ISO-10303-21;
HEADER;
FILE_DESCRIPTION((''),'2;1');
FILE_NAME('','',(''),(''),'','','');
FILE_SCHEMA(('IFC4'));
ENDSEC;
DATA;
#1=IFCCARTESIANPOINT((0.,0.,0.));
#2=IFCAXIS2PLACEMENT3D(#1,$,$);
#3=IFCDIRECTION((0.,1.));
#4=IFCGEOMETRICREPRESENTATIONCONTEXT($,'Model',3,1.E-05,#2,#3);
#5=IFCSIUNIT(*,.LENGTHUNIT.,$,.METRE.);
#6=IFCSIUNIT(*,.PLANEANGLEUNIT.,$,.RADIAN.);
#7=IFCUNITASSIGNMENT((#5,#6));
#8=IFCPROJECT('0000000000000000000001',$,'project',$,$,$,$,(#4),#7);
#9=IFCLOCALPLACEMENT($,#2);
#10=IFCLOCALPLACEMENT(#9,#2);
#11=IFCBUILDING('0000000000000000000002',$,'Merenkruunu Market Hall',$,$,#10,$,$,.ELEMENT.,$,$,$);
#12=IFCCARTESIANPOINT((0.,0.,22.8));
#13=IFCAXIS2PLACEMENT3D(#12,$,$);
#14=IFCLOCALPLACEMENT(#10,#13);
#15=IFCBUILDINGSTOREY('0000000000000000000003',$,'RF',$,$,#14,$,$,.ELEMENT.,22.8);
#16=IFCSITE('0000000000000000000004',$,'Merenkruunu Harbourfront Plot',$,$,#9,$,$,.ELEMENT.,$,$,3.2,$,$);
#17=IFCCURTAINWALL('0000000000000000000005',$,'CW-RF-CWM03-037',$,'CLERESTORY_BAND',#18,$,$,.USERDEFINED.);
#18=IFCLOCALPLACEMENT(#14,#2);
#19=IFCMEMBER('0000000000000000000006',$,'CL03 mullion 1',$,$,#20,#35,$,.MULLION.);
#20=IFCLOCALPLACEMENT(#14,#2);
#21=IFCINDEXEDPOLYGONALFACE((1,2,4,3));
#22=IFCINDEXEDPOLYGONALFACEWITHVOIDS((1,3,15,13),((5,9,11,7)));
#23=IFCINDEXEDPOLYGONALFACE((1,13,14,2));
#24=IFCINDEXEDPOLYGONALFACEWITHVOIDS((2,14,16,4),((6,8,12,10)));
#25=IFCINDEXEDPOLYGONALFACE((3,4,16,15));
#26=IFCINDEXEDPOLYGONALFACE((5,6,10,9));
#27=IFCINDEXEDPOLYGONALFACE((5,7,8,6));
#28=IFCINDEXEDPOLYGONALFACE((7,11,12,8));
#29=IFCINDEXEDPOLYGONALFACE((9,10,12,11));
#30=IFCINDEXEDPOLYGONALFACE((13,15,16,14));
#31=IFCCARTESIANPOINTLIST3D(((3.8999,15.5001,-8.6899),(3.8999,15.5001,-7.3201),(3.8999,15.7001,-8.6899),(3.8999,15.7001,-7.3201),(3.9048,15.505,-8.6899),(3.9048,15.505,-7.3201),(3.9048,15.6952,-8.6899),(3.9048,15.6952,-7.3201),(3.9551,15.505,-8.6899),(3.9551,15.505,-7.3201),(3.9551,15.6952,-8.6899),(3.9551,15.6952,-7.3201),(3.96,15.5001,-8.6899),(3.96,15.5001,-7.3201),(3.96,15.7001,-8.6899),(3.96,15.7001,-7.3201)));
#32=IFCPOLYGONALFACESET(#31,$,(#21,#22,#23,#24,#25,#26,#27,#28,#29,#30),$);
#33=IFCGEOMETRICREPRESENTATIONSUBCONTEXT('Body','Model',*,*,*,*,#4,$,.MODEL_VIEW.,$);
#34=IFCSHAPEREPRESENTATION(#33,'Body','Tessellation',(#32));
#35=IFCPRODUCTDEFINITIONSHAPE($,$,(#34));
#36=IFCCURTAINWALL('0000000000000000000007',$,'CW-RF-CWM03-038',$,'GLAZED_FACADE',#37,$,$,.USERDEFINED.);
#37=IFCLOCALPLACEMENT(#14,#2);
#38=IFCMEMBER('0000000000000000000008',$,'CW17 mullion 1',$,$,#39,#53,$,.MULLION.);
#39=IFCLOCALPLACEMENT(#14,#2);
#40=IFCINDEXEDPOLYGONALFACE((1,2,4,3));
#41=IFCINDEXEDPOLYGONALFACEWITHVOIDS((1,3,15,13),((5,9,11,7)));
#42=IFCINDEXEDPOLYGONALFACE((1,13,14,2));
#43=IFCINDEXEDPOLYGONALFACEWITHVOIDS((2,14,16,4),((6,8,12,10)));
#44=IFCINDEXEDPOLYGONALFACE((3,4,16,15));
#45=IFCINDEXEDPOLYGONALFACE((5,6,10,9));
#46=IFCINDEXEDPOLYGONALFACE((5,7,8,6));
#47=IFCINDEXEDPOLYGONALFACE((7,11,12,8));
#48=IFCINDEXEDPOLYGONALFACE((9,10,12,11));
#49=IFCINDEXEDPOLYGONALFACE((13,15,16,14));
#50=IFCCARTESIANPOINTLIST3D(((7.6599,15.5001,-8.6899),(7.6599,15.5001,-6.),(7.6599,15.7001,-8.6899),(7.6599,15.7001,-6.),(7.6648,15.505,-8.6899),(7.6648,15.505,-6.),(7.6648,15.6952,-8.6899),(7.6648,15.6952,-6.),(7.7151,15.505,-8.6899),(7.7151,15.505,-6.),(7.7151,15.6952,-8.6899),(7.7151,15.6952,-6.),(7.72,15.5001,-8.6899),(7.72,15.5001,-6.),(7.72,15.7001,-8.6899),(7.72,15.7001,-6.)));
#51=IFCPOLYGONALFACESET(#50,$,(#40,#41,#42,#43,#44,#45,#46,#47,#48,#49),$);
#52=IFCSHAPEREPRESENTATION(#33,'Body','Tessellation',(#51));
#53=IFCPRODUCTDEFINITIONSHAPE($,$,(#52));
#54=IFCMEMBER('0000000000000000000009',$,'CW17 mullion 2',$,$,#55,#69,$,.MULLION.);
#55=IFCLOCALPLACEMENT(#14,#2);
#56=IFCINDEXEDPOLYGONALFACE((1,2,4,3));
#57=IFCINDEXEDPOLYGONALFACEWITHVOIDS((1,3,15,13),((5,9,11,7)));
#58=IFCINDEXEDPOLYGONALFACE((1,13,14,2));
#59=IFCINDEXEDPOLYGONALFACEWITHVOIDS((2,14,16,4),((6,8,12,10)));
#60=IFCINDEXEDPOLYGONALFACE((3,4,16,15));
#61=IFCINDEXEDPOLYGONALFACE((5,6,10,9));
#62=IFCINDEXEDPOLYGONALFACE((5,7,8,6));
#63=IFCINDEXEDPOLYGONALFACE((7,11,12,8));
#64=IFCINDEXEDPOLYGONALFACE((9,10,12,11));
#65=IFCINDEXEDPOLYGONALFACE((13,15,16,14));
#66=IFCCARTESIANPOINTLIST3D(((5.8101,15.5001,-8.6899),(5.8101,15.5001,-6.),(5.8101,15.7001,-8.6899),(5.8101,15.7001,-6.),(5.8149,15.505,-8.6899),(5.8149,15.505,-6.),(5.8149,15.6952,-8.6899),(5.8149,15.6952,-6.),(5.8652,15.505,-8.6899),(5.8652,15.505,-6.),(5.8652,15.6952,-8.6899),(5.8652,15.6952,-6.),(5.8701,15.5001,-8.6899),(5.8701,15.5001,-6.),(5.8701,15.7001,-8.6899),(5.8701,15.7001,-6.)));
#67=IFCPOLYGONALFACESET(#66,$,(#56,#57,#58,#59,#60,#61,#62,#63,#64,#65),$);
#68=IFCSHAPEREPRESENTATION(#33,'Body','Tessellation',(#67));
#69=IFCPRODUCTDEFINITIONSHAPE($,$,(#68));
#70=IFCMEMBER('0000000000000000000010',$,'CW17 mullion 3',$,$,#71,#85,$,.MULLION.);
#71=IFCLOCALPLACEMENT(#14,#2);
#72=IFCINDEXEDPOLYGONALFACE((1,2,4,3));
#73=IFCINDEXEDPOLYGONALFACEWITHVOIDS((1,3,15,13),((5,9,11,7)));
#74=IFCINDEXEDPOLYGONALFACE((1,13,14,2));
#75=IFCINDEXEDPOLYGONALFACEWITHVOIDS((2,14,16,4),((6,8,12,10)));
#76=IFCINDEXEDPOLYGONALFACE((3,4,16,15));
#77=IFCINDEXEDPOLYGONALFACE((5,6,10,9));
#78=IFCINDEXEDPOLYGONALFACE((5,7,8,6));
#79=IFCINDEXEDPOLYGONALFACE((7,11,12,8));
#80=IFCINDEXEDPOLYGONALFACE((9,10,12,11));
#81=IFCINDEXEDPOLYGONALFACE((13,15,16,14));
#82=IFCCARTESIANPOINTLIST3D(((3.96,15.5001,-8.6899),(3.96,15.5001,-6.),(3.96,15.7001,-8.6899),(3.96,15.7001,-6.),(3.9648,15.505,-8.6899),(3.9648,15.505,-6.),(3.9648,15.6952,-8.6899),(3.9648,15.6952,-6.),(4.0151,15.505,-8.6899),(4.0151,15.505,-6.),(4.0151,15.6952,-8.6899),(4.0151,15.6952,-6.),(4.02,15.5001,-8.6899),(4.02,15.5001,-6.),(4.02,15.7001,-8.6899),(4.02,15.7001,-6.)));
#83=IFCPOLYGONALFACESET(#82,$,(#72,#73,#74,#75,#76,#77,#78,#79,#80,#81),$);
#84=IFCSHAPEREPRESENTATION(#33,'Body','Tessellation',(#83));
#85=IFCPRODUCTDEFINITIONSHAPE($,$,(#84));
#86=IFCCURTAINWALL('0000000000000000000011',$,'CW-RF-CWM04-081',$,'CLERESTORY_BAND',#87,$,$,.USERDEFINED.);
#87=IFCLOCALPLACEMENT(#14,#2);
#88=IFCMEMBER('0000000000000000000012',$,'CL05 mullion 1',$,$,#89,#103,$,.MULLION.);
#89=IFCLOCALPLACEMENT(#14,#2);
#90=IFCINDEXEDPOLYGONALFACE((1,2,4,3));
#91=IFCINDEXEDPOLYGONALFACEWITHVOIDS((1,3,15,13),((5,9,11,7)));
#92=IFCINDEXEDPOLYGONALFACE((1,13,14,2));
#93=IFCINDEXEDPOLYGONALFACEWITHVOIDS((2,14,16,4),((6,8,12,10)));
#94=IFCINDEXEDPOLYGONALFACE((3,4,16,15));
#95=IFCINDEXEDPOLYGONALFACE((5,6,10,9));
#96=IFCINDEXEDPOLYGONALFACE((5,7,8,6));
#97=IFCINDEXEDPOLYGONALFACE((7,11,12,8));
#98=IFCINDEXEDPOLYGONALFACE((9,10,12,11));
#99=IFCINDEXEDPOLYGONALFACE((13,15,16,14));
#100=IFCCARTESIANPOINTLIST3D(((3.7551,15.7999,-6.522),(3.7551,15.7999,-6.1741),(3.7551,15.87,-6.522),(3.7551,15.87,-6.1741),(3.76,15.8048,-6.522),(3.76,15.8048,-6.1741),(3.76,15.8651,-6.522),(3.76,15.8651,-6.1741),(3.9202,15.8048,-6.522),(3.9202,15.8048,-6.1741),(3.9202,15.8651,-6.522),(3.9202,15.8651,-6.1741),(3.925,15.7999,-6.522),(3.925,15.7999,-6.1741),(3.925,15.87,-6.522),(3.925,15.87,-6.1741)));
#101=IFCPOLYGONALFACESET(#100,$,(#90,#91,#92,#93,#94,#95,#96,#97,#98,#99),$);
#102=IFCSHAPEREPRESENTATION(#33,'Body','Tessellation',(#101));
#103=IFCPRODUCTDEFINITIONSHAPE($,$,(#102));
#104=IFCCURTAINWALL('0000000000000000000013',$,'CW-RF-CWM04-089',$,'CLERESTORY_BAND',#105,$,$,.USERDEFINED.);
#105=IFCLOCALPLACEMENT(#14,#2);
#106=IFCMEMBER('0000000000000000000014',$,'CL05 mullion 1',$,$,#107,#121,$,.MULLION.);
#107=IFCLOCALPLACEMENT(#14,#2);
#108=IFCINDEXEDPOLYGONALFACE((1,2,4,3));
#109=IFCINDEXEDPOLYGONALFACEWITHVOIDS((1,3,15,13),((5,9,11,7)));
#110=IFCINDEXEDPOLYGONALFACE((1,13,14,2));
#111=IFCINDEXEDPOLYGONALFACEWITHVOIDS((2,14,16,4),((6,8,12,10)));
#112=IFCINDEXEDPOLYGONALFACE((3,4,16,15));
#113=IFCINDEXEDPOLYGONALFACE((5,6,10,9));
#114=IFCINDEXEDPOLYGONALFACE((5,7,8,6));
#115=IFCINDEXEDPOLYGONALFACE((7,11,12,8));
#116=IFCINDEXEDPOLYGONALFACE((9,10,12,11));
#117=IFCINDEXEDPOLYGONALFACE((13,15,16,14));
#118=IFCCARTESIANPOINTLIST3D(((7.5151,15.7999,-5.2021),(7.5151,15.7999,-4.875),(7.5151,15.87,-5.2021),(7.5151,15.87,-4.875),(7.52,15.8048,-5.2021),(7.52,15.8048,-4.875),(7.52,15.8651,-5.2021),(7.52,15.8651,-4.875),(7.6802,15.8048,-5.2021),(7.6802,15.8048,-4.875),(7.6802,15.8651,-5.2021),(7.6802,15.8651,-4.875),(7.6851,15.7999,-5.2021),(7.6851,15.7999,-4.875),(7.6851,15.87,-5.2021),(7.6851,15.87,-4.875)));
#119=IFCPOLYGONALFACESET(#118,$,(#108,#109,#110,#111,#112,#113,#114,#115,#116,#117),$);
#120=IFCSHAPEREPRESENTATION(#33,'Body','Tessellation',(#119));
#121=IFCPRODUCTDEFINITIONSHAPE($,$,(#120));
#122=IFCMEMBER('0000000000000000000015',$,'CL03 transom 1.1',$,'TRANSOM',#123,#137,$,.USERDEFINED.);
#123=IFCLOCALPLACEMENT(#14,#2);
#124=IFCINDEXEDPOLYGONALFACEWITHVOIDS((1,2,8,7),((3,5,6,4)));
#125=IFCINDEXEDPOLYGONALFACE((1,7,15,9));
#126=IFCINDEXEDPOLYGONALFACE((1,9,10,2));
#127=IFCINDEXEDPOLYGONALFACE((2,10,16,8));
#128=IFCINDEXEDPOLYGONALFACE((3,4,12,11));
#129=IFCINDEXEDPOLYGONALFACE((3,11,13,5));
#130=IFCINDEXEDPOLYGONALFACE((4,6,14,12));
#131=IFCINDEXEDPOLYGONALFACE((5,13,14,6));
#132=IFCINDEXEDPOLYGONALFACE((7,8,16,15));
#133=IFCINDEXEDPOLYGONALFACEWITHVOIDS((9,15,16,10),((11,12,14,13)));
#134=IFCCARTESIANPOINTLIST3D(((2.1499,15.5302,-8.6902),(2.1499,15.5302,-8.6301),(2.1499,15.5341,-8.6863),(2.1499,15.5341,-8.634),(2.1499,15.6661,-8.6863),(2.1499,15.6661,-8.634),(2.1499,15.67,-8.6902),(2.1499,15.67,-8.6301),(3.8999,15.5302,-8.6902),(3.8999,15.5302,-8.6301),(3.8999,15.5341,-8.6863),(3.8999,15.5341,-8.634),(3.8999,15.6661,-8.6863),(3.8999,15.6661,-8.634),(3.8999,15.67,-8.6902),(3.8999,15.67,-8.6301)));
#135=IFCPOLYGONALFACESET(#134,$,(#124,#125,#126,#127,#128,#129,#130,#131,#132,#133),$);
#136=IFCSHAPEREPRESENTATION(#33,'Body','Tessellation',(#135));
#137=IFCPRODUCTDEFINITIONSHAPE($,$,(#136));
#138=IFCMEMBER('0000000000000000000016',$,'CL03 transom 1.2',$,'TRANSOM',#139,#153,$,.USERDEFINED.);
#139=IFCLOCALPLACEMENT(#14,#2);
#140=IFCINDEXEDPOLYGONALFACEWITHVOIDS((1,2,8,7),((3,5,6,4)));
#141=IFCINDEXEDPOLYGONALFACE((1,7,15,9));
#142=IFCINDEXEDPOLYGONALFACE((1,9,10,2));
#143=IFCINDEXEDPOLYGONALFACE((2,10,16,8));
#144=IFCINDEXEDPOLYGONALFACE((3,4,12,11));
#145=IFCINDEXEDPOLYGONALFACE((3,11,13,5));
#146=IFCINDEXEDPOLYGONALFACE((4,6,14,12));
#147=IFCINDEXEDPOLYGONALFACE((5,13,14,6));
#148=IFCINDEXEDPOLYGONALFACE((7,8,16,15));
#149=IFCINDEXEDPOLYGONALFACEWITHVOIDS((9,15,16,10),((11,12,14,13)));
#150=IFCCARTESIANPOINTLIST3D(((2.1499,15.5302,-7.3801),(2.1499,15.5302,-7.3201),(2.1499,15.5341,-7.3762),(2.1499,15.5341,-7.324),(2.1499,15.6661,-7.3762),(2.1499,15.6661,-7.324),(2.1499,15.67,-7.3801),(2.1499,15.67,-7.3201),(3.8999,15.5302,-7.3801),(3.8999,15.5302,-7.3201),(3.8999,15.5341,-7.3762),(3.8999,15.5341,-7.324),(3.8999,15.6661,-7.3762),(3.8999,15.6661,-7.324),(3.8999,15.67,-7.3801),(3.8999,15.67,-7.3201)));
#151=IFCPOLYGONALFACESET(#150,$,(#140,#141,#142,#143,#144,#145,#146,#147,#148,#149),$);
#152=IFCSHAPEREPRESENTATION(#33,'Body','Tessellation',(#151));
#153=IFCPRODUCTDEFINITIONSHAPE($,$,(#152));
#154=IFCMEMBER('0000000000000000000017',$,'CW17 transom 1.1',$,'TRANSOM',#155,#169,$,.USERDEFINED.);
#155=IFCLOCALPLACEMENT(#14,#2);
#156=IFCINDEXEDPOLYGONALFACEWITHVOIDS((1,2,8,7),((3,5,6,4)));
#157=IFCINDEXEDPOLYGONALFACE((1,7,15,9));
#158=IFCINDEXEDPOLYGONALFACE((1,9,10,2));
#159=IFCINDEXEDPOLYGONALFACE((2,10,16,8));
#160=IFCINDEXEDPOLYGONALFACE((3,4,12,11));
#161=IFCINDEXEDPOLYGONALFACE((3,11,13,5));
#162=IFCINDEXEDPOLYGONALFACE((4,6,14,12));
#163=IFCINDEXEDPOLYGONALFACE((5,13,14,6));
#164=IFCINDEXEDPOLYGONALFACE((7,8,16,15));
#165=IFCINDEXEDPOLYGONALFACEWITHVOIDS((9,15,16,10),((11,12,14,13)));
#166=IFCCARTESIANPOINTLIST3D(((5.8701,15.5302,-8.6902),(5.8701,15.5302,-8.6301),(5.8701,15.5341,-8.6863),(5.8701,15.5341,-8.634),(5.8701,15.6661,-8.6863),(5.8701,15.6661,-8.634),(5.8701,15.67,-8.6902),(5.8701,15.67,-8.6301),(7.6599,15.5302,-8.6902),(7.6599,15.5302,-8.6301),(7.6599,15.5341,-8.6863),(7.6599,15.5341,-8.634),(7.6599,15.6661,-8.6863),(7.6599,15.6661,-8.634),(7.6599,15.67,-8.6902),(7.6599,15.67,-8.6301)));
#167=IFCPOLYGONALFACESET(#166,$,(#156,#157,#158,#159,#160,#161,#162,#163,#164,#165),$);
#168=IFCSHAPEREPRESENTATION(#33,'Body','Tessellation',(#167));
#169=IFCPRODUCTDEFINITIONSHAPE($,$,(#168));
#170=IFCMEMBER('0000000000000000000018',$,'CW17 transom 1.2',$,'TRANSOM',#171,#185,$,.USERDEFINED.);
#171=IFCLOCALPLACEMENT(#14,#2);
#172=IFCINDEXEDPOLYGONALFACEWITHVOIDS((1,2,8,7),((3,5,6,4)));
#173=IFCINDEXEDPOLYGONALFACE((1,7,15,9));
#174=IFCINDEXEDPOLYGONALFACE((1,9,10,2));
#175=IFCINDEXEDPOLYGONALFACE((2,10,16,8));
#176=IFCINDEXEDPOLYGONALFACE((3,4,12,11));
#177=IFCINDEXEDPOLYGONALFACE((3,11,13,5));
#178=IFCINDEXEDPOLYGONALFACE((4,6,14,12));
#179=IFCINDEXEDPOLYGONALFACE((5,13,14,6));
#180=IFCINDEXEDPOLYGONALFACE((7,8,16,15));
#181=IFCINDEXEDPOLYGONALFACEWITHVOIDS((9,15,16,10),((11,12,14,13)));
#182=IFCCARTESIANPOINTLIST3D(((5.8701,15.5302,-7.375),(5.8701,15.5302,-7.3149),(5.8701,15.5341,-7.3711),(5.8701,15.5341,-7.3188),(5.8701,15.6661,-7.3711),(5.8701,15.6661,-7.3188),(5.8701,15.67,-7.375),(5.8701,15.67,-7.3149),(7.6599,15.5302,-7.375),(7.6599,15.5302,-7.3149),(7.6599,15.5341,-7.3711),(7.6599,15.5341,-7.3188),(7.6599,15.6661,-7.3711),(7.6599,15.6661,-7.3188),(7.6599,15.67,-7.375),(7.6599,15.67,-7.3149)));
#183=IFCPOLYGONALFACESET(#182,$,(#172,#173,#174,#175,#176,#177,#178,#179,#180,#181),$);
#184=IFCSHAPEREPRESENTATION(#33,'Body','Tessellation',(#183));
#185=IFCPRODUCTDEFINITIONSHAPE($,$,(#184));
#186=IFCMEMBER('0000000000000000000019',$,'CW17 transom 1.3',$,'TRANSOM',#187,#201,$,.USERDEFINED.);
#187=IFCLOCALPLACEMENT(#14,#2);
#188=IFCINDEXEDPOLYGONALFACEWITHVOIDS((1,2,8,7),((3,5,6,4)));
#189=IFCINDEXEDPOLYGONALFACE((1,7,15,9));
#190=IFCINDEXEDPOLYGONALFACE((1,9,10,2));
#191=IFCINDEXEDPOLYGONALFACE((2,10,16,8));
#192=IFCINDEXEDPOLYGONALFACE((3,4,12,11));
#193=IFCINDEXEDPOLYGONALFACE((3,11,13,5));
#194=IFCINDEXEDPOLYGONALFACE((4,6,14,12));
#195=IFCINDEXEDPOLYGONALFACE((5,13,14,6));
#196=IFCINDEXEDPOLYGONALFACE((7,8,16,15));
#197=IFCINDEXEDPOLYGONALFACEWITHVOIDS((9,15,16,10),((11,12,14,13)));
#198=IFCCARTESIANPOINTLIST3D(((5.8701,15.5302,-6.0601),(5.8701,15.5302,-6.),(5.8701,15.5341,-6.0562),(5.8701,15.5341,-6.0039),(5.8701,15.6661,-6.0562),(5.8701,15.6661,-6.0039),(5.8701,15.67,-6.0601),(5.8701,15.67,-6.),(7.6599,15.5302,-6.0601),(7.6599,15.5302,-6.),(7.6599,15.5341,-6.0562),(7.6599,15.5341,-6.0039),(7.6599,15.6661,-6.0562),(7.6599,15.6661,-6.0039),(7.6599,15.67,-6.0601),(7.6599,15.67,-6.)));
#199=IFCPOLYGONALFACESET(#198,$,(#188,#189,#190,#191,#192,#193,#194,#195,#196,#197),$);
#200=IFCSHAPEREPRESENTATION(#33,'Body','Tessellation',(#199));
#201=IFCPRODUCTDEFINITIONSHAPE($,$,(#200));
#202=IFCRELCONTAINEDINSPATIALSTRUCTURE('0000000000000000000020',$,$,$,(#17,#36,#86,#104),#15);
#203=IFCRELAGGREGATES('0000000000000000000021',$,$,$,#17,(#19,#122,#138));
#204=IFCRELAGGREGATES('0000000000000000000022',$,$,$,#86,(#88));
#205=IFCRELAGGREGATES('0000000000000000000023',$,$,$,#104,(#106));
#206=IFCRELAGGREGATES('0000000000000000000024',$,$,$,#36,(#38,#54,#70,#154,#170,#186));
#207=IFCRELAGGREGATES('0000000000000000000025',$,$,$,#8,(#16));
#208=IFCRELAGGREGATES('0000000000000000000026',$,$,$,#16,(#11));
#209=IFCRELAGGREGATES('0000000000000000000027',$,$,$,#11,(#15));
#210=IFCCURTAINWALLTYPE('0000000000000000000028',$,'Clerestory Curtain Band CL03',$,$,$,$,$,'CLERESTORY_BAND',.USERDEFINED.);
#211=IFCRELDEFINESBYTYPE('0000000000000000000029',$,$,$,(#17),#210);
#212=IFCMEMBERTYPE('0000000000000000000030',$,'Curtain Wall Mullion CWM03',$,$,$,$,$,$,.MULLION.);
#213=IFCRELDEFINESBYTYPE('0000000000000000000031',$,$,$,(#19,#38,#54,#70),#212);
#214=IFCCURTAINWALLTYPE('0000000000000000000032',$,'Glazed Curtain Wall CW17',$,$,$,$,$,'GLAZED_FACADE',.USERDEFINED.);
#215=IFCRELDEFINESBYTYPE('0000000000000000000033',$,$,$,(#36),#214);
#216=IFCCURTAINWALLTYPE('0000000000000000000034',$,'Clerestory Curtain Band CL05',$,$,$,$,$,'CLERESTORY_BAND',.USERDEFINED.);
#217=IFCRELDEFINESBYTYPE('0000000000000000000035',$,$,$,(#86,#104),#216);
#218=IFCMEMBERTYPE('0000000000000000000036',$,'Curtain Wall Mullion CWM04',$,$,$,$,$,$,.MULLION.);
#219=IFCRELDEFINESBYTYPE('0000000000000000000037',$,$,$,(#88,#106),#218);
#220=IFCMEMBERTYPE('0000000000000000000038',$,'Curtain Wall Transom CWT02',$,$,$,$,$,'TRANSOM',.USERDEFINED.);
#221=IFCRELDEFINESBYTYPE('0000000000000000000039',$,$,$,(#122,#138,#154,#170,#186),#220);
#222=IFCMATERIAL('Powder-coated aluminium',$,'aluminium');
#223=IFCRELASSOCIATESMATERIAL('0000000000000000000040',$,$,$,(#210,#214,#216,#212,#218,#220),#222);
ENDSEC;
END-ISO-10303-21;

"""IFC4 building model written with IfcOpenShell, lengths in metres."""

from ifc_helpers import new_model, si_unit, direction, frame, origin, origin_2d, place, context, subcontext, project, spatial, hollow_rectangle, extrude, material, material_profile, profile_set, type_object, element, aggregate, save


model = new_model("IFC4")

# Units and contexts
model_context = context("Model", 3, precision=1e-05, world=origin(), true_north=direction((0.0, 1.0)))
body_context = subcontext(model_context, "Body", "Model", "MODEL_VIEW")
ifc_project = project(units=[si_unit("LENGTHUNIT", "METRE"), si_unit("PLANEANGLEUNIT", "RADIAN")], contexts=[model_context])

# Site, building, storey
site_placement = place(None, origin())
site = spatial("IfcSite", under=ifc_project, at=site_placement, Name="Merenkruunu Harbourfront Plot", CompositionType="ELEMENT", RefElevation=3.2)
building_placement = place(site_placement, origin())
building = spatial("IfcBuilding", under=site, at=building_placement, Name="Merenkruunu Market Hall", CompositionType="ELEMENT")
storey_placement = place(building_placement, frame((0.0, 0.0, 22.8)))
storey = spatial("IfcBuildingStorey", under=building, at=storey_placement, Name="RF", CompositionType="ELEMENT", Elevation=22.8)

# Curtain wall, member
ifc_material_1 = material(Name="Powder-coated aluminium", Category="aluminium")
curtain_wall_type_1 = type_object("IfcCurtainWallType", Name="Clerestory Curtain Band CL03", ElementType="CLERESTORY_BAND", PredefinedType="USERDEFINED", material=ifc_material_1)
curtain_wall_1_placement = place(storey_placement, origin())
curtain_wall_1 = element("IfcCurtainWall", 1, at=curtain_wall_1_placement, inside=storey, type_object=curtain_wall_type_1, Name="CW-RF-CWM03-037", ObjectType="CLERESTORY_BAND", PredefinedType="USERDEFINED")
ifc_material_profile_1 = material_profile(ifc_material_1, hollow_rectangle(XDim=0.0601, YDim=0.2, WallThickness=0.0049, at=origin_2d()), Name="ALU 60x200x5")
ifc_profile_set_1 = profile_set([ifc_material_profile_1], Name="Powder-coated aluminium")
member_type_1 = type_object("IfcMemberType", Name="Curtain Wall Mullion CWM03", PredefinedType="MULLION", material=ifc_profile_set_1)
member_1_placement = place(storey_placement, frame((3.9299, 15.6001, -8.6899), z_axis=(0.0, 0.0, 1.0), x_axis=(-1.0, 0.0, 0.0)))
member_1 = element("IfcMember", 2, at=member_1_placement, type_object=member_type_1, Name="CL03 mullion 1", PredefinedType="MULLION", context=body_context, shape_type="SweptSolid", body=[
    extrude(hollow_rectangle(XDim=0.0601, YDim=0.2, WallThickness=0.0049, at=origin_2d()), origin(), (0.0, 0.0, 1.0), 1.3699),
])

# Curtain wall, members
curtain_wall_type_2 = type_object("IfcCurtainWallType", Name="Glazed Curtain Wall CW17", ElementType="GLAZED_FACADE", PredefinedType="USERDEFINED", material=ifc_material_1)
curtain_wall_2_placement = place(storey_placement, origin())
curtain_wall_2 = element("IfcCurtainWall", 3, at=curtain_wall_2_placement, inside=storey, type_object=curtain_wall_type_2, Name="CW-RF-CWM03-038", ObjectType="GLAZED_FACADE", PredefinedType="USERDEFINED")
member_2_placement = place(storey_placement, frame((7.6899, 15.6001, -8.6899), z_axis=(0.0, 0.0, 1.0), x_axis=(-1.0, 0.0, 0.0)))
member_2 = element("IfcMember", 4, at=member_2_placement, type_object=member_type_1, Name="CW17 mullion 1", PredefinedType="MULLION", context=body_context, shape_type="SweptSolid", body=[
    extrude(hollow_rectangle(XDim=0.0601, YDim=0.2, WallThickness=0.0049, at=origin_2d()), origin(), (0.0, 0.0, 1.0), 2.6899),
])
member_3_placement = place(storey_placement, frame((5.8401, 15.6001, -8.6899), z_axis=(0.0, 0.0, 1.0), x_axis=(-1.0, 0.0, 0.0)))
member_3 = element("IfcMember", 5, at=member_3_placement, type_object=member_type_1, Name="CW17 mullion 2", PredefinedType="MULLION", context=body_context, shape_type="SweptSolid", body=[
    extrude(hollow_rectangle(XDim=0.0601, YDim=0.2, WallThickness=0.0049, at=origin_2d()), origin(), (0.0, 0.0, 1.0), 2.6899),
])
member_4_placement = place(storey_placement, frame((3.99, 15.6001, -8.6899), z_axis=(0.0, 0.0, 1.0), x_axis=(-1.0, 0.0, 0.0)))
member_4 = element("IfcMember", 6, at=member_4_placement, type_object=member_type_1, Name="CW17 mullion 3", PredefinedType="MULLION", context=body_context, shape_type="SweptSolid", body=[
    extrude(hollow_rectangle(XDim=0.0601, YDim=0.2, WallThickness=0.0049, at=origin_2d()), origin(), (0.0, 0.0, 1.0), 2.6899),
])

# Curtain walls, members
curtain_wall_type_3 = type_object("IfcCurtainWallType", Name="Clerestory Curtain Band CL05", ElementType="CLERESTORY_BAND", PredefinedType="USERDEFINED", material=ifc_material_1)
curtain_wall_3_placement = place(storey_placement, origin())
curtain_wall_3 = element("IfcCurtainWall", 7, at=curtain_wall_3_placement, inside=storey, type_object=curtain_wall_type_3, Name="CW-RF-CWM04-081", ObjectType="CLERESTORY_BAND", PredefinedType="USERDEFINED")
ifc_material_profile_2 = material_profile(ifc_material_1, hollow_rectangle(XDim=0.0701, YDim=0.1699, WallThickness=0.0049, at=origin_2d()), Name="ALU 70x170x5")
ifc_profile_set_2 = profile_set([ifc_material_profile_2], Name="Powder-coated aluminium")
member_type_2 = type_object("IfcMemberType", Name="Curtain Wall Mullion CWM04", PredefinedType="MULLION", material=ifc_profile_set_2)
member_5_placement = place(storey_placement, frame((3.8401, 15.835, -6.522), z_axis=(0.0, 0.0, 1.0), x_axis=(0.0, 1.0, 0.0)))
member_5 = element("IfcMember", 8, at=member_5_placement, type_object=member_type_2, Name="CL05 mullion 1", PredefinedType="MULLION", context=body_context, shape_type="SweptSolid", body=[
    extrude(hollow_rectangle(XDim=0.0701, YDim=0.1699, WallThickness=0.0049, at=origin_2d()), origin(), (0.0, 0.0, 1.0), 0.3479),
])
curtain_wall_4_placement = place(storey_placement, origin())
curtain_wall_4 = element("IfcCurtainWall", 9, at=curtain_wall_4_placement, inside=storey, type_object=curtain_wall_type_3, Name="CW-RF-CWM04-089", ObjectType="CLERESTORY_BAND", PredefinedType="USERDEFINED")
member_6_placement = place(storey_placement, frame((7.6001, 15.835, -5.2021), z_axis=(0.0, 0.0, 1.0), x_axis=(0.0, 1.0, 0.0)))
member_6 = element("IfcMember", 10, at=member_6_placement, type_object=member_type_2, Name="CL05 mullion 1", PredefinedType="MULLION", context=body_context, shape_type="SweptSolid", body=[
    extrude(hollow_rectangle(XDim=0.0701, YDim=0.1699, WallThickness=0.0049, at=origin_2d()), origin(), (0.0, 0.0, 1.0), 0.3271),
])

# Members
ifc_material_profile_3 = material_profile(ifc_material_1, hollow_rectangle(XDim=0.0601, YDim=0.1399, WallThickness=0.0039, at=origin_2d()), Name="ALU 60x140x4")
ifc_profile_set_3 = profile_set([ifc_material_profile_3], Name="Powder-coated aluminium")
member_type_3 = type_object("IfcMemberType", Name="Curtain Wall Transom CWT02", ElementType="TRANSOM", PredefinedType="USERDEFINED", material=ifc_profile_set_3)
member_7_placement = place(storey_placement, frame((3.8999, 15.6001, -8.6602), z_axis=(-1.0, 0.0, 0.0), x_axis=(0.0, 0.0, 1.0)))
member_7 = element("IfcMember", 11, at=member_7_placement, type_object=member_type_3, Name="CL03 transom 1.1", ObjectType="TRANSOM", PredefinedType="USERDEFINED", context=body_context, shape_type="SweptSolid", body=[
    extrude(hollow_rectangle(XDim=0.0601, YDim=0.1399, WallThickness=0.0039, at=origin_2d()), origin(), (0.0, 0.0, 1.0), 1.75),
])
member_8_placement = place(storey_placement, frame((3.8999, 15.6001, -7.3501), z_axis=(-1.0, 0.0, 0.0), x_axis=(0.0, 0.0, 1.0)))
member_8 = element("IfcMember", 12, at=member_8_placement, type_object=member_type_3, Name="CL03 transom 1.2", ObjectType="TRANSOM", PredefinedType="USERDEFINED", context=body_context, shape_type="SweptSolid", body=[
    extrude(hollow_rectangle(XDim=0.0601, YDim=0.1399, WallThickness=0.0039, at=origin_2d()), origin(), (0.0, 0.0, 1.0), 1.75),
])
aggregate(curtain_wall_1, [member_1, member_7, member_8])
member_9_placement = place(storey_placement, frame((7.6599, 15.6001, -8.6602), z_axis=(-1.0, 0.0, 0.0), x_axis=(0.0, 0.0, 1.0)))
member_9 = element("IfcMember", 13, at=member_9_placement, type_object=member_type_3, Name="CW17 transom 1.1", ObjectType="TRANSOM", PredefinedType="USERDEFINED", context=body_context, shape_type="SweptSolid", body=[
    extrude(hollow_rectangle(XDim=0.0601, YDim=0.1399, WallThickness=0.0039, at=origin_2d()), origin(), (0.0, 0.0, 1.0), 1.7898),
])
member_10_placement = place(storey_placement, frame((7.6599, 15.6001, -7.345), z_axis=(-1.0, 0.0, 0.0), x_axis=(0.0, 0.0, 1.0)))
member_10 = element("IfcMember", 14, at=member_10_placement, type_object=member_type_3, Name="CW17 transom 1.2", ObjectType="TRANSOM", PredefinedType="USERDEFINED", context=body_context, shape_type="SweptSolid", body=[
    extrude(hollow_rectangle(XDim=0.0601, YDim=0.1399, WallThickness=0.0039, at=origin_2d()), origin(), (0.0, 0.0, 1.0), 1.7898),
])
member_11_placement = place(storey_placement, frame((7.6599, 15.6001, -6.03), z_axis=(-1.0, 0.0, 0.0), x_axis=(0.0, 0.0, 1.0)))
member_11 = element("IfcMember", 15, at=member_11_placement, type_object=member_type_3, Name="CW17 transom 1.3", ObjectType="TRANSOM", PredefinedType="USERDEFINED", context=body_context, shape_type="SweptSolid", body=[
    extrude(hollow_rectangle(XDim=0.0601, YDim=0.1399, WallThickness=0.0039, at=origin_2d()), origin(), (0.0, 0.0, 1.0), 1.7898),
])
aggregate(curtain_wall_3, [member_5])
aggregate(curtain_wall_4, [member_6])

aggregate(curtain_wall_2, [member_2, member_3, member_4, member_9, member_10, member_11])

save(model, "model.ifc")
